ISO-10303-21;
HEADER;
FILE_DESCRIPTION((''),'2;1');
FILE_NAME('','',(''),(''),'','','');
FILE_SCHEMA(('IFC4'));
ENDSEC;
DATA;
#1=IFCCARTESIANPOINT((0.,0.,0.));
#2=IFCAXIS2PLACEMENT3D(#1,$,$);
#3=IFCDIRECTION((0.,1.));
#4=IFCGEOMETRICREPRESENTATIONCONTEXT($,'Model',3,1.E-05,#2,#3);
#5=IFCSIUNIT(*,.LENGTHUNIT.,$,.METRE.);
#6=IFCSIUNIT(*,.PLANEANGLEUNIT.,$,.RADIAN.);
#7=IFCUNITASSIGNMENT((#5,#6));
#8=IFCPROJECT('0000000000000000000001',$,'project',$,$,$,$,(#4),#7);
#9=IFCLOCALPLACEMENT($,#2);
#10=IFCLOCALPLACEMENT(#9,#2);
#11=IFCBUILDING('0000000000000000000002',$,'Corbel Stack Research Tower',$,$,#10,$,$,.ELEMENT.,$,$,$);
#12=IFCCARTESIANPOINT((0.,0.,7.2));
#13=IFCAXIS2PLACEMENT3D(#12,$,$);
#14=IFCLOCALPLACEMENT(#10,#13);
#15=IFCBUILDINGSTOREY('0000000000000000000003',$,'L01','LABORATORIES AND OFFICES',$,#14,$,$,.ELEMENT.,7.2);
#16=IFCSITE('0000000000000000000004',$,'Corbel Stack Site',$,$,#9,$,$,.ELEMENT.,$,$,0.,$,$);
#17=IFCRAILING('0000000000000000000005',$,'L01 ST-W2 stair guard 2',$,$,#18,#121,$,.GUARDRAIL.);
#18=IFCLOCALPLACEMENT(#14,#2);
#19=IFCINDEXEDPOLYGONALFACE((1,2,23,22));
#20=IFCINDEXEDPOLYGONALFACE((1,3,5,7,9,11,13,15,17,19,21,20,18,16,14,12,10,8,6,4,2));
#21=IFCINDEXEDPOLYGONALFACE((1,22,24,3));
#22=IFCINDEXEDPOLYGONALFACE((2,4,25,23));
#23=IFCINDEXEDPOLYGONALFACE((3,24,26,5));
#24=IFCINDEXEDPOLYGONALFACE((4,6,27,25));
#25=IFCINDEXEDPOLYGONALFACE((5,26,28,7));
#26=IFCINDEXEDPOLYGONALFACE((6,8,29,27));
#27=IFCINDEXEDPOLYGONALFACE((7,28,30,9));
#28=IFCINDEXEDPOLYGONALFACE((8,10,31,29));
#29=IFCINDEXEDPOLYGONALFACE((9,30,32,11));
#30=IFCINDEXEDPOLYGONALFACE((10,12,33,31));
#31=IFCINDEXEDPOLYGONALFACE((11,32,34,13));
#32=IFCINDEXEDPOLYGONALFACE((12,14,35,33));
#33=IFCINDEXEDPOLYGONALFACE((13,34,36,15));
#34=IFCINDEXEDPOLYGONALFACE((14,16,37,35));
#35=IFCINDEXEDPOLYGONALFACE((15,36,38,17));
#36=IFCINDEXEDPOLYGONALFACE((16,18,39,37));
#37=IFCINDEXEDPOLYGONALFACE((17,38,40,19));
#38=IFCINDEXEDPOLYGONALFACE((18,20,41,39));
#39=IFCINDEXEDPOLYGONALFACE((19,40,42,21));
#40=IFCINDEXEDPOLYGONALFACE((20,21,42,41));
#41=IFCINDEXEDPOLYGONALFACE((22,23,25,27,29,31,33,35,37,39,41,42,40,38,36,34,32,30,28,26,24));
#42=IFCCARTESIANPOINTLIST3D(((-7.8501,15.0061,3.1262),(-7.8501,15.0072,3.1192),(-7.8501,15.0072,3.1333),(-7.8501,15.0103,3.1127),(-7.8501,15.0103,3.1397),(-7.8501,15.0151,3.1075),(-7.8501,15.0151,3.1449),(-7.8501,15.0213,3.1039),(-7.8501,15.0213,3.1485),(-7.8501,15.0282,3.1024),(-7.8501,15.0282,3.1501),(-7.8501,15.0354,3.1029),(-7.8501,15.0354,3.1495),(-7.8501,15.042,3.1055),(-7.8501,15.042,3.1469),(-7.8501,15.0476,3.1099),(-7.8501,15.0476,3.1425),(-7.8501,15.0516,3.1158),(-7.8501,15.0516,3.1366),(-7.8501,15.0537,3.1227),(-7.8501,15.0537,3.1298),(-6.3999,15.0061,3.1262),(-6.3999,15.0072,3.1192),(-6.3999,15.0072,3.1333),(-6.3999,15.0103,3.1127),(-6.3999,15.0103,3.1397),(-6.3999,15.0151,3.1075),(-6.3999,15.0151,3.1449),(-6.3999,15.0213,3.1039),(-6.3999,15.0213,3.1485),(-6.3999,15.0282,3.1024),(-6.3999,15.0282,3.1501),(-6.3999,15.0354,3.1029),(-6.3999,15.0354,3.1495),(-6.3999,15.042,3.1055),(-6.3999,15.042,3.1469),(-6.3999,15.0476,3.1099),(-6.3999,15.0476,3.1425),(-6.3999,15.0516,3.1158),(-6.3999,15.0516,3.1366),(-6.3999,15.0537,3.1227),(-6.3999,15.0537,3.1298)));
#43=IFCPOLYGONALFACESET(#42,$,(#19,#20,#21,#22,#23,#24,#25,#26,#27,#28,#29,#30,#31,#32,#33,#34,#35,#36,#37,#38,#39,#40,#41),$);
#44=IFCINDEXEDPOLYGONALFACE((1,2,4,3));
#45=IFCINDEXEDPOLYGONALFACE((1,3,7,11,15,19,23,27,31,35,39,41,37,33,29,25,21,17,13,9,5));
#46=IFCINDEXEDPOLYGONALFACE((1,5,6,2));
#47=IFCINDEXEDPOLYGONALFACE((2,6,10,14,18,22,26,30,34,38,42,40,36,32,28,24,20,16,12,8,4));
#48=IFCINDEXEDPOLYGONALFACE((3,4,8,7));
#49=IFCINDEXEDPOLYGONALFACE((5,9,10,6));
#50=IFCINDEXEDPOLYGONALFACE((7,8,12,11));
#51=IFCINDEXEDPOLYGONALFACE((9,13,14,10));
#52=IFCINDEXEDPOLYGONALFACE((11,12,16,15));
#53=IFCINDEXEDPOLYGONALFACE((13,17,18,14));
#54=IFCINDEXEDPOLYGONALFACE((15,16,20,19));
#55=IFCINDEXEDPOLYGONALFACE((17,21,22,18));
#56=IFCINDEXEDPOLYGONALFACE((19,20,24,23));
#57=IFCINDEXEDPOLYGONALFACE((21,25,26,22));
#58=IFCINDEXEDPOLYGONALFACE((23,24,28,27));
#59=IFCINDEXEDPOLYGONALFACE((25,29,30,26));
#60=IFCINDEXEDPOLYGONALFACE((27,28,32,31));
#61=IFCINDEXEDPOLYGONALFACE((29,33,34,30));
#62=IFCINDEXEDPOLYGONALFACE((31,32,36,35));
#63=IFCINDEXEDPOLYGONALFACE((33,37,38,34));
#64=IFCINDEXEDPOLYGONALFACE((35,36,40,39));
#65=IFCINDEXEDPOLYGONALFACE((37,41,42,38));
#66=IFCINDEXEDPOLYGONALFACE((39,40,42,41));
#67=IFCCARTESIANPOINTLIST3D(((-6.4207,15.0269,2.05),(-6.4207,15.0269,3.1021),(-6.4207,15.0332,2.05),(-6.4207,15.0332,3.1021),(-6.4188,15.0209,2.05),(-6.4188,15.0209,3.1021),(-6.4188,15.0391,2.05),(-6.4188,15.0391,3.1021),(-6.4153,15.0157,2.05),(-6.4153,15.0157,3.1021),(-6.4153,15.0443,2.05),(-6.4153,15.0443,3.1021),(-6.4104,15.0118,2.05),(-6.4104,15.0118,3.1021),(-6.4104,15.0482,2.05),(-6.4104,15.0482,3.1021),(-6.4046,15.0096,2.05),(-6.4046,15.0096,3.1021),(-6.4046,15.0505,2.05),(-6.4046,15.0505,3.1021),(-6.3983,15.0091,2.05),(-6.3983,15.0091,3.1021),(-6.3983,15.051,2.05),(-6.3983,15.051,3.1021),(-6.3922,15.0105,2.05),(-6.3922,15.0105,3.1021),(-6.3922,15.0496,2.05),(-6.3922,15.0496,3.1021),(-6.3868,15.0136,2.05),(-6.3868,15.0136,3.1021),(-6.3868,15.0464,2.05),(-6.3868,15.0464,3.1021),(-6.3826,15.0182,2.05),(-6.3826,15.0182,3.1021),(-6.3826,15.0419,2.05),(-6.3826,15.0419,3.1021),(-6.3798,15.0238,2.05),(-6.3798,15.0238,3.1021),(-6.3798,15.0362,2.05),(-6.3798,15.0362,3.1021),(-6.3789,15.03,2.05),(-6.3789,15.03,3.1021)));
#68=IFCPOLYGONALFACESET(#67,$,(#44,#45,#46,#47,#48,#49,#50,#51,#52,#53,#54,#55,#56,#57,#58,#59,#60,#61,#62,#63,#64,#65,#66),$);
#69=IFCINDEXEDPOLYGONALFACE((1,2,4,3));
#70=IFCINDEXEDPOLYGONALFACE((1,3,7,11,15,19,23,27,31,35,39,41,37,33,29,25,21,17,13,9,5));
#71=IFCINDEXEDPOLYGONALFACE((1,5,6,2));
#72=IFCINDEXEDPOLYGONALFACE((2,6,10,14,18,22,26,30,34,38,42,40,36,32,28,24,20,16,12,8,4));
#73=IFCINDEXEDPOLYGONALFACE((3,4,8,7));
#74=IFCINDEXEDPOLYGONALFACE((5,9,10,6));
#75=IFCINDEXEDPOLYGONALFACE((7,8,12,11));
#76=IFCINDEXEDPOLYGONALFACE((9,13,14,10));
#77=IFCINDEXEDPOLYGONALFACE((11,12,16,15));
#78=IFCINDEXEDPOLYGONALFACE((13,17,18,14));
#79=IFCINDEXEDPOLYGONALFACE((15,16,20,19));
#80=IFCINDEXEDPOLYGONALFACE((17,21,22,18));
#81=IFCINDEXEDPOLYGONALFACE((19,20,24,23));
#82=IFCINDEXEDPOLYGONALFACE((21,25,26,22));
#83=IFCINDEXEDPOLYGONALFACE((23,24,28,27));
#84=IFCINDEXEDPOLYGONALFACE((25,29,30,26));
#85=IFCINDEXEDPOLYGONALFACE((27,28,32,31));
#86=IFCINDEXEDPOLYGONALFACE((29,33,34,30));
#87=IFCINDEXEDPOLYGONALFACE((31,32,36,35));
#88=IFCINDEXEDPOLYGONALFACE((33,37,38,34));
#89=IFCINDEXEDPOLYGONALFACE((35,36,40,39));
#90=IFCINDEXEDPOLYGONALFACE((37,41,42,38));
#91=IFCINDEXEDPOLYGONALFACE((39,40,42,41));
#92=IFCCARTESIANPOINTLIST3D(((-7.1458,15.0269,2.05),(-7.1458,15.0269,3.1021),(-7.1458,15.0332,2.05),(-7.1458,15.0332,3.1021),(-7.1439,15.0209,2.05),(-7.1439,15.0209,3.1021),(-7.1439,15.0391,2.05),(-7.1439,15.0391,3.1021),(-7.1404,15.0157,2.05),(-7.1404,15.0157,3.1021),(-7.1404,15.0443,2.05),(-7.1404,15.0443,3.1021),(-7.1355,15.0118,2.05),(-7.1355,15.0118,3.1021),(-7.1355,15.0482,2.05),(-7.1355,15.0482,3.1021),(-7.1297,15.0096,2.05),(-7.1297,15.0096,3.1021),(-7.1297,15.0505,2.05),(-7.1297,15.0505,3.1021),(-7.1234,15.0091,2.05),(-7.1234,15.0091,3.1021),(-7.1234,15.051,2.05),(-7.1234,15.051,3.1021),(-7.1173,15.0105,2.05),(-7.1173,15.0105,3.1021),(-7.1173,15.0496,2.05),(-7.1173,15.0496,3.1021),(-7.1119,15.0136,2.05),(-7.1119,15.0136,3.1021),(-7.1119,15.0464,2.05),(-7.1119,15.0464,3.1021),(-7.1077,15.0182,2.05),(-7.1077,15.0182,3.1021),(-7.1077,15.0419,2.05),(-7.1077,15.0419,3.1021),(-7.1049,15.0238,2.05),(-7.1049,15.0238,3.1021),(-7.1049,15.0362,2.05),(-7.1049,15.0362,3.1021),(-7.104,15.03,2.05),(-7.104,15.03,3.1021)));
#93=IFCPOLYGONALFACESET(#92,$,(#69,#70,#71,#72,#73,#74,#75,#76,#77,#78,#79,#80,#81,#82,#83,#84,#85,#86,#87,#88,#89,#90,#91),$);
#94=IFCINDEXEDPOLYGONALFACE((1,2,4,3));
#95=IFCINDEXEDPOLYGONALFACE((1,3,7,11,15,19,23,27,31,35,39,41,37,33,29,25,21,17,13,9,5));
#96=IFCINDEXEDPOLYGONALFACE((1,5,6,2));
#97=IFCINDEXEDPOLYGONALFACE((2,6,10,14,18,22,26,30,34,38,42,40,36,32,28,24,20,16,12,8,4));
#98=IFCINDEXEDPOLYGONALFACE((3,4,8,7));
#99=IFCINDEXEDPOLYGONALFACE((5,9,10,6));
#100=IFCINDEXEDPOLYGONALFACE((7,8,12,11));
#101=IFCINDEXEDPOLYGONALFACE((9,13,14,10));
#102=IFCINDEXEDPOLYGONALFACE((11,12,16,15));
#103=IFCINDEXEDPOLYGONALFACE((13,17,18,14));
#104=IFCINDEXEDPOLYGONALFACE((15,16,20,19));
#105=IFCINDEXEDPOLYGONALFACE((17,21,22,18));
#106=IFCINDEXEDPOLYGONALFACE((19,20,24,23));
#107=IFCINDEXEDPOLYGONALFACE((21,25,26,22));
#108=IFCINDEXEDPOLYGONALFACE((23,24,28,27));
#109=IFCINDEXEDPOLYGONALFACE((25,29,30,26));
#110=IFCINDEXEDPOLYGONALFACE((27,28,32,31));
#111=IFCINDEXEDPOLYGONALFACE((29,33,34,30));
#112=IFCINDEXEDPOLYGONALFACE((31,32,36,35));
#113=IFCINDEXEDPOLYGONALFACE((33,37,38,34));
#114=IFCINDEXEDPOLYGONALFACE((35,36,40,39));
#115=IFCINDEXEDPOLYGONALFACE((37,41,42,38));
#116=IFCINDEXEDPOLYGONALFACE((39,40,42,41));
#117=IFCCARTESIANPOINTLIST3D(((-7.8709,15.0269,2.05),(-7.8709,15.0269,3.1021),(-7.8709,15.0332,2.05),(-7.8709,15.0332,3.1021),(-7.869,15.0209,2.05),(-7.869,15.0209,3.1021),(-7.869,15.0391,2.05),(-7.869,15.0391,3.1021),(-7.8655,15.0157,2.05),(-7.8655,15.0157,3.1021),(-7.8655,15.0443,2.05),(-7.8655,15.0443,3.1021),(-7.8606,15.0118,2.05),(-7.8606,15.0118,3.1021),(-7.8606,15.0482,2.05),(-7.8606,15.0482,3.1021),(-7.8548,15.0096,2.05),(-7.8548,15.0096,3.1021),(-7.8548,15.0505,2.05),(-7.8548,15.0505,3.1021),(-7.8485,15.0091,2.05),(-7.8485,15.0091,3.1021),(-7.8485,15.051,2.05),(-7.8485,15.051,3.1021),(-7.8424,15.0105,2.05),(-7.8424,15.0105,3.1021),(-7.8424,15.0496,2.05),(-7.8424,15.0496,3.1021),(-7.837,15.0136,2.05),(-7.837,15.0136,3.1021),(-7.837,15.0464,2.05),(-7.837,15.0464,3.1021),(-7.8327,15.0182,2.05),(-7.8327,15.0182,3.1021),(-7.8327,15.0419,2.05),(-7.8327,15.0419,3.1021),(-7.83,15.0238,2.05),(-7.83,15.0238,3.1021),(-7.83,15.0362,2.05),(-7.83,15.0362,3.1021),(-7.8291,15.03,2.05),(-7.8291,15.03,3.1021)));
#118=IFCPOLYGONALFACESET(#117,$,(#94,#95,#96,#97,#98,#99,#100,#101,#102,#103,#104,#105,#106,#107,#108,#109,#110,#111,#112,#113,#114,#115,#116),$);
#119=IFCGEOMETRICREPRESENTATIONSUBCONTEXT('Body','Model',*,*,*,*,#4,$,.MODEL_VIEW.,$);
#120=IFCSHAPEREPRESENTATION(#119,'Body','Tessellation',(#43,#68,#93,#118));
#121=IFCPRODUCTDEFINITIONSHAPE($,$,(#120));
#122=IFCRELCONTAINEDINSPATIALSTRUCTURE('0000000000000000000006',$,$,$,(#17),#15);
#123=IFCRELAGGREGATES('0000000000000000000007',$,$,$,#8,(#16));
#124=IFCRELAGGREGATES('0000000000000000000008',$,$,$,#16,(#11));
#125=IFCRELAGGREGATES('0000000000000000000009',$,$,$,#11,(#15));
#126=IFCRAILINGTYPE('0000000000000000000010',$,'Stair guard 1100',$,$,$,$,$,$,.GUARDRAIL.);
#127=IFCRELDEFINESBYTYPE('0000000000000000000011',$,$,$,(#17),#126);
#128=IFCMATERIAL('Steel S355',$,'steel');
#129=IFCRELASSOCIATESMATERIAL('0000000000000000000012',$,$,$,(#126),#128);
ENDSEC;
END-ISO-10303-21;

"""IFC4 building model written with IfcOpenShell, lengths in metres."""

from ifc_helpers import new_model, si_unit, direction, frame, origin, origin_2d, place, context, subcontext, project, spatial, circle, extrude, material, type_object, element, save


model = new_model("IFC4")

# Units and contexts
model_context = context("Model", 3, precision=1e-05, world=origin(), true_north=direction((0.0, 1.0)))
body_context = subcontext(model_context, "Body", "Model", "MODEL_VIEW")
ifc_project = project(units=[si_unit("LENGTHUNIT", "METRE"), si_unit("PLANEANGLEUNIT", "RADIAN")], contexts=[model_context])

# Site, building, storey
site_placement = place(None, origin())
site = spatial("IfcSite", under=ifc_project, at=site_placement, Name="Corbel Stack Site", CompositionType="ELEMENT", RefElevation=0.0)
building_placement = place(site_placement, origin())
building = spatial("IfcBuilding", under=site, at=building_placement, Name="Corbel Stack Research Tower", CompositionType="ELEMENT")
storey_placement = place(building_placement, frame((0.0, 0.0, 7.2)))
storey = spatial("IfcBuildingStorey", under=building, at=storey_placement, Name="L01", Description="LABORATORIES AND OFFICES", CompositionType="ELEMENT", Elevation=7.2)

# Railing
ifc_material_1 = material(Name="Steel S355", Category="steel")
railing_type_1 = type_object("IfcRailingType", Name="Stair guard 1100", PredefinedType="GUARDRAIL", material=ifc_material_1)
railing_1_placement = place(storey_placement, frame((-6.3999, 15.03, 2.05)))
element("IfcRailing", 1, at=railing_1_placement, inside=storey, type_object=railing_type_1, Name="L01 ST-W2 stair guard 2", PredefinedType="GUARDRAIL", context=body_context, shape_type="SweptSolid", body=[
    extrude(circle(Radius=0.0239, at=origin_2d()), frame((0.0, 0.0, 1.0762), z_axis=(-1.0, 0.0, 0.0), x_axis=(0.0, -1.0, 0.0)), (0.0, 0.0, 1.0), 1.4502),
    extrude(circle(Radius=0.021, at=origin_2d()), origin(), (0.0, 0.0, 1.0), 1.052),
    extrude(circle(Radius=0.021, at=origin_2d()), frame((-0.7251, 0.0, 0.0)), (0.0, 0.0, 1.0), 1.052),
    extrude(circle(Radius=0.021, at=origin_2d()), frame((-1.4502, 0.0, 0.0)), (0.0, 0.0, 1.0), 1.052),
])

save(model, "model.ifc")
